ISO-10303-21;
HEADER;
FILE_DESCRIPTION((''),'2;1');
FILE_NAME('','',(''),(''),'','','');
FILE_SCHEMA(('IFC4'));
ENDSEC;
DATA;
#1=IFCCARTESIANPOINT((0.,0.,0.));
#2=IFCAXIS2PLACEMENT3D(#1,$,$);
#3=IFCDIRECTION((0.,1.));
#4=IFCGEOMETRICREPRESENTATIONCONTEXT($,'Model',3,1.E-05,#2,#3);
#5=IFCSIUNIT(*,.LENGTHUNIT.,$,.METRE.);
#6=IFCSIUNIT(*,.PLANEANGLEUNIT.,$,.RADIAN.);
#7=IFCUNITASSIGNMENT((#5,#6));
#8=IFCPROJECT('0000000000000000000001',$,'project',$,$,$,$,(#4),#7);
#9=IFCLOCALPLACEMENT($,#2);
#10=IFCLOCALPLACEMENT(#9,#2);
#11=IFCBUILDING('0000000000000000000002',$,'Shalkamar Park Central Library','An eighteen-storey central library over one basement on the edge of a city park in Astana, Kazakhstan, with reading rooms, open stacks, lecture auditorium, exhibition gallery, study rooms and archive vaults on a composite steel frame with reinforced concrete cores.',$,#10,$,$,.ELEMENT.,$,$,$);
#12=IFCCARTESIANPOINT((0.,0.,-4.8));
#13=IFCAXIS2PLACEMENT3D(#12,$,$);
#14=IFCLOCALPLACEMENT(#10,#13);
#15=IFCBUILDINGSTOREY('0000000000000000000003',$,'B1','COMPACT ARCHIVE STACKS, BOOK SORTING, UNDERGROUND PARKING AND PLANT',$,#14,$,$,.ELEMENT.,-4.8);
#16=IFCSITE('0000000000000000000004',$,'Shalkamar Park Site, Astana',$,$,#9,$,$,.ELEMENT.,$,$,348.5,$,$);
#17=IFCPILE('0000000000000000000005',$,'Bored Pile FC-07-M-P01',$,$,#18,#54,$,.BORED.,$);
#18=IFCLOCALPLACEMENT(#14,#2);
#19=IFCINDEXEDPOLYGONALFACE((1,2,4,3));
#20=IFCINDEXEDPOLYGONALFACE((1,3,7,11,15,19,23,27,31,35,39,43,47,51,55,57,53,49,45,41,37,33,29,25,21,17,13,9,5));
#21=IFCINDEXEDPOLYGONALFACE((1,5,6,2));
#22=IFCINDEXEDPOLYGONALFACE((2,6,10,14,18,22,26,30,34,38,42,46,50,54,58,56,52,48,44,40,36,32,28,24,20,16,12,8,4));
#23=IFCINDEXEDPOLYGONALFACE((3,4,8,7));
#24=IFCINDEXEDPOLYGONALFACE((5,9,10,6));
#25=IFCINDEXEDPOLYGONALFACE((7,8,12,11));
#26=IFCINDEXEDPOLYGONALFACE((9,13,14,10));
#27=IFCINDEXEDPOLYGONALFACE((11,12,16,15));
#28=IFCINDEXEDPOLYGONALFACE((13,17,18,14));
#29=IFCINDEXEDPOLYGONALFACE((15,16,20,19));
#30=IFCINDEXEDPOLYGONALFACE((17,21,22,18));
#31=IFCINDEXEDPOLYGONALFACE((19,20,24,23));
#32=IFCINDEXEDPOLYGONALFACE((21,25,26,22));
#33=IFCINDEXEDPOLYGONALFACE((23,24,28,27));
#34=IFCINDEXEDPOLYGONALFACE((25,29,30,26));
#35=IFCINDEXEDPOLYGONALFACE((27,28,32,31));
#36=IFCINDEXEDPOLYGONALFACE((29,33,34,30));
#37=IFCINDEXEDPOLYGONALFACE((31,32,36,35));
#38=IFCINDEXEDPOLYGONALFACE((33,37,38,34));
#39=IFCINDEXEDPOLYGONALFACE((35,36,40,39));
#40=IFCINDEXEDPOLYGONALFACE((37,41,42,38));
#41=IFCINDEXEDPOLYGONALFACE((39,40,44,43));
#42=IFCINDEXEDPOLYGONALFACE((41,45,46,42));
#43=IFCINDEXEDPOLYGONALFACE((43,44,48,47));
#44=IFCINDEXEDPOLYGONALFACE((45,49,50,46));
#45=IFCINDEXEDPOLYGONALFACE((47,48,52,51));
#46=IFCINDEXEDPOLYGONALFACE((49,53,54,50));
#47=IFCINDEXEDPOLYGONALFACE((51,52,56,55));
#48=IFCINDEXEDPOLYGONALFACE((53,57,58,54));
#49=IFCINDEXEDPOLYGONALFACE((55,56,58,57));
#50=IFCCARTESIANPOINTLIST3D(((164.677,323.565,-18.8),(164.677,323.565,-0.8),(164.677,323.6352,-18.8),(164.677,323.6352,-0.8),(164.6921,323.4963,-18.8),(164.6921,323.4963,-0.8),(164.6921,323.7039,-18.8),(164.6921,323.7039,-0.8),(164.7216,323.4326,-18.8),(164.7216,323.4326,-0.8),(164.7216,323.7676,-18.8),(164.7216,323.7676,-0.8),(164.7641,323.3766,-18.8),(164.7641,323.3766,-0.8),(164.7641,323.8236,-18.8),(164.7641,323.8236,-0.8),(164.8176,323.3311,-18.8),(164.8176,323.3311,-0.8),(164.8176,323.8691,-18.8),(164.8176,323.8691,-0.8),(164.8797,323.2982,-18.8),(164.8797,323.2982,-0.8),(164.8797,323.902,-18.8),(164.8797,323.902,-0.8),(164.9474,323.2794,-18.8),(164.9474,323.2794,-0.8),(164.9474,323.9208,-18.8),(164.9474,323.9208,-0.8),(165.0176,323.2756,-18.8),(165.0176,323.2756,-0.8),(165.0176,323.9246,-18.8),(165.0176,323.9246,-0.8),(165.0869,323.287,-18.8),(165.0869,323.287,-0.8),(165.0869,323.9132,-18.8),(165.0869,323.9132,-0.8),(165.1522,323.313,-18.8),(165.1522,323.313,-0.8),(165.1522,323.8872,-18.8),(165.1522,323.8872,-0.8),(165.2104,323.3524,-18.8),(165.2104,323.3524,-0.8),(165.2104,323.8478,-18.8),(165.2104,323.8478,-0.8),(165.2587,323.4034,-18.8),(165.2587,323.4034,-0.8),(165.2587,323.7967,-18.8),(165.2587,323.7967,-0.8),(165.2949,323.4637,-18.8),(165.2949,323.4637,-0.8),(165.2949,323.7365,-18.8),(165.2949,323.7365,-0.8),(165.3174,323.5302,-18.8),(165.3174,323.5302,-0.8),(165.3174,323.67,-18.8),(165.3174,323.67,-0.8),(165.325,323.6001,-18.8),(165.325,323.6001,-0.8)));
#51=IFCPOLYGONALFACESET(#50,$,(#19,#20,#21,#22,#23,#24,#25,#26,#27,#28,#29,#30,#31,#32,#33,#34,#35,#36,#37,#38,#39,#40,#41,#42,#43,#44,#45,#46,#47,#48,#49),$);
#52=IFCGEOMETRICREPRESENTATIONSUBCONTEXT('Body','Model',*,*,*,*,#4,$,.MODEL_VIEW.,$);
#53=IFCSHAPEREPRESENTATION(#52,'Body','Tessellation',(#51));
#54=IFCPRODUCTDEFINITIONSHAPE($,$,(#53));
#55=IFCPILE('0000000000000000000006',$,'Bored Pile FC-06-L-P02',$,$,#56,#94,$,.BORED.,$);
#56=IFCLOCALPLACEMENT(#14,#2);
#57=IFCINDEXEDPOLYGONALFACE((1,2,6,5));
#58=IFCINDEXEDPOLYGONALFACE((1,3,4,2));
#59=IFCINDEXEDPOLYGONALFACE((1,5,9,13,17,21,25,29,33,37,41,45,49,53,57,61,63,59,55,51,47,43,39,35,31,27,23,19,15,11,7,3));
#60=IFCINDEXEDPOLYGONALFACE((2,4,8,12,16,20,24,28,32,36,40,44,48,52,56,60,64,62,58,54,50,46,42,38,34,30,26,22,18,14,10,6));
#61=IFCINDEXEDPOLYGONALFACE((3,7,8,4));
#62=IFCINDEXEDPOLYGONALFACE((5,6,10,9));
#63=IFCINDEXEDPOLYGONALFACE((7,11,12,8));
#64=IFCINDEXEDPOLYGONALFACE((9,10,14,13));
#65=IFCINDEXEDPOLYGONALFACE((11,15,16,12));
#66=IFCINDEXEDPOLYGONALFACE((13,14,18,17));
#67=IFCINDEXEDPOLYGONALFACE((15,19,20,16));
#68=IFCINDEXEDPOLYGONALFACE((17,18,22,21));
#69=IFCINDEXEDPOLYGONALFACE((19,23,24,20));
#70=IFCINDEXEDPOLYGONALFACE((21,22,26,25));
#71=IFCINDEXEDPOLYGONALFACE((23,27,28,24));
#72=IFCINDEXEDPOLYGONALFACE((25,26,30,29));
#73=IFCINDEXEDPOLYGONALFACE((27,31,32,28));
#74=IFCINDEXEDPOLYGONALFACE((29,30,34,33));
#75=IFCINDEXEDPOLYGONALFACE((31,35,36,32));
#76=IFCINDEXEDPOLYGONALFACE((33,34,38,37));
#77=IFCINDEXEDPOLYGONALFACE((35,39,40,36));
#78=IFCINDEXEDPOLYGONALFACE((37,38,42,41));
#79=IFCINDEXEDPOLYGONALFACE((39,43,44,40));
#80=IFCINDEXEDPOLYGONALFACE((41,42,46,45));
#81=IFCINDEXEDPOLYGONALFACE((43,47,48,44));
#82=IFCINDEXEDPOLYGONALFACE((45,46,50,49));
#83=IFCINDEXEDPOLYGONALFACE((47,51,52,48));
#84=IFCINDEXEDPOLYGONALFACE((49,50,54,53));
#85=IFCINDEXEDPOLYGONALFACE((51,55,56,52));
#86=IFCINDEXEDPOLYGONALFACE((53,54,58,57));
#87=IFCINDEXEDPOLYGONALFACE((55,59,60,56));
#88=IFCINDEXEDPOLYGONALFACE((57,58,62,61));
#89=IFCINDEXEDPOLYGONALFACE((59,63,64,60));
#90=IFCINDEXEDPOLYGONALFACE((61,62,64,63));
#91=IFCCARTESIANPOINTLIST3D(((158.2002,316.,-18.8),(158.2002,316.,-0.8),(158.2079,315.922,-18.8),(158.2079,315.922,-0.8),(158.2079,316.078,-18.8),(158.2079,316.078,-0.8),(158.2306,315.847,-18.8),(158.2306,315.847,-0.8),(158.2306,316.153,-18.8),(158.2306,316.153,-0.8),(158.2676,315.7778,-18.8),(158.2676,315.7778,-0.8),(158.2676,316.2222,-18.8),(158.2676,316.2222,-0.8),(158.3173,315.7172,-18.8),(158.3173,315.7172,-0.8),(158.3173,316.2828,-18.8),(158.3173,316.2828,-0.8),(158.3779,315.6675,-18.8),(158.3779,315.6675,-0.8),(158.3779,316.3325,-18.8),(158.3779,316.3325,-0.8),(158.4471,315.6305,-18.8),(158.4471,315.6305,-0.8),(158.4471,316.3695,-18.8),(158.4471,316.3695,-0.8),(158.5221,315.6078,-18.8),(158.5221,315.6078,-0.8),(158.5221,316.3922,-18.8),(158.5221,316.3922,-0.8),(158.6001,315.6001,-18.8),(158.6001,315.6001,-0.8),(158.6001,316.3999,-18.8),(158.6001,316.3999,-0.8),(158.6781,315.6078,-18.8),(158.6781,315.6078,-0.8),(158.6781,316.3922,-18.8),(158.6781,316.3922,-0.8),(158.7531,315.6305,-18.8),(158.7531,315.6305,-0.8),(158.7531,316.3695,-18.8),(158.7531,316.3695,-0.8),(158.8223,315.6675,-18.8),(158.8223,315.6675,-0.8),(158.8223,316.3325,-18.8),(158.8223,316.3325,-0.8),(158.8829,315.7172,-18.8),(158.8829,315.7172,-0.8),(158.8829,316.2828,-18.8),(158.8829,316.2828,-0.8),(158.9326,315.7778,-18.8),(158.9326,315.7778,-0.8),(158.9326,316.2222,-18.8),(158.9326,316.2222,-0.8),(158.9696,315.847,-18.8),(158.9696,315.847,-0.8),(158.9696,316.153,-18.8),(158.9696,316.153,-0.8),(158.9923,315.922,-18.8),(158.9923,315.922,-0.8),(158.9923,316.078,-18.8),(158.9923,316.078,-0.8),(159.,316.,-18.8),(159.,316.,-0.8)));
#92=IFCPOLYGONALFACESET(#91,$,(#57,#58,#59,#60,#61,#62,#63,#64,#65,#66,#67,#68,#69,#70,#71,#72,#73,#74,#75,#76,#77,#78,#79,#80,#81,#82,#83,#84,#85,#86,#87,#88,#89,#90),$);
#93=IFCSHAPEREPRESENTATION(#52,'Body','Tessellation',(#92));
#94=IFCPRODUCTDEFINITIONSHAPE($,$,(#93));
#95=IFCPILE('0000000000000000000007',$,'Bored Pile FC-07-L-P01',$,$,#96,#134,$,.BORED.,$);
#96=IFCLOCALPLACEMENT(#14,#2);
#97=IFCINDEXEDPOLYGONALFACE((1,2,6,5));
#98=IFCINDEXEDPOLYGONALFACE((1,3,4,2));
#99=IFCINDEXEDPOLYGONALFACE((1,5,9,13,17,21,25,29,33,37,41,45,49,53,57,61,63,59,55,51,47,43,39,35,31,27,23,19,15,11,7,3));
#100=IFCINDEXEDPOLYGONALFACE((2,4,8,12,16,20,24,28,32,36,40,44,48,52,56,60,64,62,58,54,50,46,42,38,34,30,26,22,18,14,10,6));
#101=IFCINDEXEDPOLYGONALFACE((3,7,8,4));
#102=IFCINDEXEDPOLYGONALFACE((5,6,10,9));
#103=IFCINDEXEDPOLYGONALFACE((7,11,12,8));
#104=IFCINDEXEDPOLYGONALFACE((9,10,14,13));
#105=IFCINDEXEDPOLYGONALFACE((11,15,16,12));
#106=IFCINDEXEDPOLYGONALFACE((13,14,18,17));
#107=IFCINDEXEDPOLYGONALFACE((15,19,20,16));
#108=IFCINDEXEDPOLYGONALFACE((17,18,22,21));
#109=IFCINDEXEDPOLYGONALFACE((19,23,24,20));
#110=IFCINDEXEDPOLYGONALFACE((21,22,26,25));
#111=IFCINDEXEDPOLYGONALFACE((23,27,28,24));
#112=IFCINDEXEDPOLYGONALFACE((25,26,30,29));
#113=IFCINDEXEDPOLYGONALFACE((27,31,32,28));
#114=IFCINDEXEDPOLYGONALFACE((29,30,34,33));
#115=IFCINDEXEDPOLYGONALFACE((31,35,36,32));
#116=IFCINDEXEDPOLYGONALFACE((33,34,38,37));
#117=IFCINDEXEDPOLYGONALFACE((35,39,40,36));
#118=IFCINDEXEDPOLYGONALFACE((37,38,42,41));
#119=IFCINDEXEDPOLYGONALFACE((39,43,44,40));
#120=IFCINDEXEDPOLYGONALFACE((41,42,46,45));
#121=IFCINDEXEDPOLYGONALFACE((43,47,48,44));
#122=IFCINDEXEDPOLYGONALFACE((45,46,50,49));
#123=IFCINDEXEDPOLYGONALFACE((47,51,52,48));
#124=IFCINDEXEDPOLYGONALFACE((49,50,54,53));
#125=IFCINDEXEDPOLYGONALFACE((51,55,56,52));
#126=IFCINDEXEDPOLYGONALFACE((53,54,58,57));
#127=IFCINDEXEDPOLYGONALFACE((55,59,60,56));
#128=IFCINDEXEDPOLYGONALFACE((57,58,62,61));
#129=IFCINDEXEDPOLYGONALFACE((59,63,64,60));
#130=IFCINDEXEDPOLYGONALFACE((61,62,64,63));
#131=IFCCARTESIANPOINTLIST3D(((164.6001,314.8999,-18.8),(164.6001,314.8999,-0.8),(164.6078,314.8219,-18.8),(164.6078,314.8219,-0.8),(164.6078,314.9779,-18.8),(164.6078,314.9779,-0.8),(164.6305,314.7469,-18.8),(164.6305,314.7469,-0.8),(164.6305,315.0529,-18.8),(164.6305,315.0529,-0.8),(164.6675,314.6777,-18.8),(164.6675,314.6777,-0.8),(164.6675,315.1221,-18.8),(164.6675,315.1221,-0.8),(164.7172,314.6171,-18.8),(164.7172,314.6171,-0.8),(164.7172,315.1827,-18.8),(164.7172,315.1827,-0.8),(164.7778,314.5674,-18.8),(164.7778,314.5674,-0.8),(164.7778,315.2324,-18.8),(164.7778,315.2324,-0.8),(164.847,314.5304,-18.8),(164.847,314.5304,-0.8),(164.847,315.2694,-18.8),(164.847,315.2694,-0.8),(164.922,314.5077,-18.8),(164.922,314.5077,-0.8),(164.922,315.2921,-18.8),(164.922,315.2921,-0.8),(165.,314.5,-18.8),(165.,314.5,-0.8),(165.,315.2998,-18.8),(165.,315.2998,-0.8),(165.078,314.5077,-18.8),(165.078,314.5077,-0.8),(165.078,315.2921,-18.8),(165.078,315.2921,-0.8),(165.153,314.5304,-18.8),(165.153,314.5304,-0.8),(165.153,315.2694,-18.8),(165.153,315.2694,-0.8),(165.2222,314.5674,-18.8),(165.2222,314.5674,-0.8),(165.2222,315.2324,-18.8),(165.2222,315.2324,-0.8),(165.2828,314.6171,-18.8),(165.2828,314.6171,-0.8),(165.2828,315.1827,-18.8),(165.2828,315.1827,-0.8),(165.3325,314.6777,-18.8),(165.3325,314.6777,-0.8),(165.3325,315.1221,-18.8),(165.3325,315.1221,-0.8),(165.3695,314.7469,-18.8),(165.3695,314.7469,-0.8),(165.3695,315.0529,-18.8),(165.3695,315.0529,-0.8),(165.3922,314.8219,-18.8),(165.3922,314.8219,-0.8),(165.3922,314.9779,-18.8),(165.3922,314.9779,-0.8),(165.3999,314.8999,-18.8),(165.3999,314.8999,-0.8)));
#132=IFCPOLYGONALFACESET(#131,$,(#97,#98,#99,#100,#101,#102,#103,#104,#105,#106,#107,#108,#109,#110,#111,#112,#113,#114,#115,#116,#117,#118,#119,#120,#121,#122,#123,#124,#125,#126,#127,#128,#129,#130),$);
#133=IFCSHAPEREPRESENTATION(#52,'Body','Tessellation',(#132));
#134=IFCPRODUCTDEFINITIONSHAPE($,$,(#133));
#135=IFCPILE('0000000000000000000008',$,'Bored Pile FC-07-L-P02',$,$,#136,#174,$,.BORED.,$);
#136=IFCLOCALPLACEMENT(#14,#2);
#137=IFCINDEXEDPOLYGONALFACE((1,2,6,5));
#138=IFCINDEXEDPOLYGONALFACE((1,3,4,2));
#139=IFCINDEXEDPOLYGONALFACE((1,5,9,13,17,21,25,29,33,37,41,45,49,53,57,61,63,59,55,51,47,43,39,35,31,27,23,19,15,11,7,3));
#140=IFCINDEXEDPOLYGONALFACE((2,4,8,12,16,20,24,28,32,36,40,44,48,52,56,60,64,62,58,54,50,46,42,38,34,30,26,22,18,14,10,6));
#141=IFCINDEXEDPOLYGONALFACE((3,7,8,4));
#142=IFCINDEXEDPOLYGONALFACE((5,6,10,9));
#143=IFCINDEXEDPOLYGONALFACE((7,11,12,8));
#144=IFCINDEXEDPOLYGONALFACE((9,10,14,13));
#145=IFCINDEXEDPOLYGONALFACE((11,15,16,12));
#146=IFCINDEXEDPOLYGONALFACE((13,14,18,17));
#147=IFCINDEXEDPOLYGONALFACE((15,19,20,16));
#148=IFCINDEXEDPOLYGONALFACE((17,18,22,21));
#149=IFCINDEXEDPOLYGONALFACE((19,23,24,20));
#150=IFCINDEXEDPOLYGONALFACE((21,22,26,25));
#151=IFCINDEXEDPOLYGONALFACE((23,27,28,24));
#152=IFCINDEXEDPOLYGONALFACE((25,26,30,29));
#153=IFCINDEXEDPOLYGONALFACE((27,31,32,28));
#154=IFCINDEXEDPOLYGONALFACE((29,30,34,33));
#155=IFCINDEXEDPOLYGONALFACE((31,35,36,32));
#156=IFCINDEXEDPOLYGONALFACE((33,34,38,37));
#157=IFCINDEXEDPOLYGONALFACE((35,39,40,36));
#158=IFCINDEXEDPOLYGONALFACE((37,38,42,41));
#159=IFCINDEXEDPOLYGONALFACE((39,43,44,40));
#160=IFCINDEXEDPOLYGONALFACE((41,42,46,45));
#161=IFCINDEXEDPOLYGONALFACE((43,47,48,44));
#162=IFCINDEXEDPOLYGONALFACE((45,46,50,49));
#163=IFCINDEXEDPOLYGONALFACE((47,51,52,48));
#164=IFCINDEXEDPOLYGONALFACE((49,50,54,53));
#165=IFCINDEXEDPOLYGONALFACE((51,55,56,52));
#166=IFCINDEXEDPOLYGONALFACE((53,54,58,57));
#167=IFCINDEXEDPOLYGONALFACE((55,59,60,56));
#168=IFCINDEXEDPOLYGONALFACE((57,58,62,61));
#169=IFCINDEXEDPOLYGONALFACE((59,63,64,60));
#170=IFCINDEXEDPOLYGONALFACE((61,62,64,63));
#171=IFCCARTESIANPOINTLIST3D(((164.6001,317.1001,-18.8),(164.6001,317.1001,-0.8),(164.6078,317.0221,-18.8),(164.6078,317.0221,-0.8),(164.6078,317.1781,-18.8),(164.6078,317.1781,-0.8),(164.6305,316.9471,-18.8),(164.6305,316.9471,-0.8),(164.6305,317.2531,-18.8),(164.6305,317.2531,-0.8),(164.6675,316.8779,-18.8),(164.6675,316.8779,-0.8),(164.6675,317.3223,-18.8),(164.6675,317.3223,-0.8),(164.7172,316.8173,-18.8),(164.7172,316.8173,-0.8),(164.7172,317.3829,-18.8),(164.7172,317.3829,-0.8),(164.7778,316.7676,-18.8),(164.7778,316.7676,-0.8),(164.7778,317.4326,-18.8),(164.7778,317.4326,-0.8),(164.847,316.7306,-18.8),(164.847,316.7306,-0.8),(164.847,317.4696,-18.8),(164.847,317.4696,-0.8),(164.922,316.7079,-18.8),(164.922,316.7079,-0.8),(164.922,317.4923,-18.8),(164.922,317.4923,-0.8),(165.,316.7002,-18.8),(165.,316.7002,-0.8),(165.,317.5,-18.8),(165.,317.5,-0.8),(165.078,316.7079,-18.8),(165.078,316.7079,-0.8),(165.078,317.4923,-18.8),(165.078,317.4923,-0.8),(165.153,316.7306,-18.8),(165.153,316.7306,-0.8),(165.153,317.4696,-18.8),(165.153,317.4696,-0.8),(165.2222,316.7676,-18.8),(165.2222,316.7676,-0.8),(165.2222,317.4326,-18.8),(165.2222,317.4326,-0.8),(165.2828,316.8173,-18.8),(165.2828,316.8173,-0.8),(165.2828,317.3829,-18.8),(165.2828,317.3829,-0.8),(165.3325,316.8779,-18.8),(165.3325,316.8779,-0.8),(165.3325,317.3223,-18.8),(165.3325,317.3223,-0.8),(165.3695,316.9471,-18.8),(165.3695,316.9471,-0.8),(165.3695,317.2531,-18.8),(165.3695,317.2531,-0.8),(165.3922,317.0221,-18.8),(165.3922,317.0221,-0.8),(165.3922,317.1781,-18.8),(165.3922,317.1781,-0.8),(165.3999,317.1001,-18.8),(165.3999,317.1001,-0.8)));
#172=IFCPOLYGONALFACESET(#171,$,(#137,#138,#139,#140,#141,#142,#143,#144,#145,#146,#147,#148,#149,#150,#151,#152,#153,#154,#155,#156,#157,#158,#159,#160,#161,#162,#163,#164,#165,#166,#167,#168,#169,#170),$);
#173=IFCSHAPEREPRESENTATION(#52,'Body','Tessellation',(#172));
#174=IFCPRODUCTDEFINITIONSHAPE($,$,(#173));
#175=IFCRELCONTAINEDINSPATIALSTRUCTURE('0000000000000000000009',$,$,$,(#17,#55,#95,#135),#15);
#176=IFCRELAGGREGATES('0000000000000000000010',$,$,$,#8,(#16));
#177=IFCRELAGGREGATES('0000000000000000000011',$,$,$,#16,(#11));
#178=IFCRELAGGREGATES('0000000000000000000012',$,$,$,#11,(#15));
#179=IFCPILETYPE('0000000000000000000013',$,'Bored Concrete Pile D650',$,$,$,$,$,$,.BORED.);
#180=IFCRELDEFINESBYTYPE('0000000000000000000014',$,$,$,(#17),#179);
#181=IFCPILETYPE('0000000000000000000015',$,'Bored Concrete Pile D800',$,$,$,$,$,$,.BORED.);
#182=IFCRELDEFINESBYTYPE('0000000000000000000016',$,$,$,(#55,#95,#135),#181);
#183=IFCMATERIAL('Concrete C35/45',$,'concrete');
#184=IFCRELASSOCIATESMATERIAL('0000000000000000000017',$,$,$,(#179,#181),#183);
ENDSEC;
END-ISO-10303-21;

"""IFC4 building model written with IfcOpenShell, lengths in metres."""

from ifc_helpers import new_model, si_unit, direction, frame, origin, origin_2d, place, context, subcontext, project, spatial, circle, extrude, material, material_profile, profile_set, type_object, element, save


model = new_model("IFC4")

# Units and contexts
model_context = context("Model", 3, precision=1e-05, world=origin(), true_north=direction((0.0, 1.0)))
body_context = subcontext(model_context, "Body", "Model", "MODEL_VIEW")
ifc_project = project(units=[si_unit("LENGTHUNIT", "METRE"), si_unit("PLANEANGLEUNIT", "RADIAN")], contexts=[model_context])

# Site, building, storey
site_placement = place(None, origin())
site = spatial("IfcSite", under=ifc_project, at=site_placement, Name="Shalkamar Park Site, Astana", CompositionType="ELEMENT", RefElevation=348.5)
building_placement = place(site_placement, origin())
building = spatial("IfcBuilding", under=site, at=building_placement, Name="Shalkamar Park Central Library", Description="An eighteen-storey central library over one basement on the edge of a city park in Astana, Kazakhstan, with reading rooms, open stacks, lecture auditorium, exhibition gallery, study rooms and archive vaults on a composite steel frame with reinforced concrete cores.", CompositionType="ELEMENT")
storey_placement = place(building_placement, frame((0.0, 0.0, -4.8)))
storey = spatial("IfcBuildingStorey", under=building, at=storey_placement, Name="B1", Description="COMPACT ARCHIVE STACKS, BOOK SORTING, UNDERGROUND PARKING AND PLANT", CompositionType="ELEMENT", Elevation=-4.8)

# Piles
ifc_material_1 = material(Name="Concrete C35/45", Category="concrete")
ifc_material_profile_1 = material_profile(ifc_material_1, circle(Radius=0.325, at=origin_2d()), Name="PILE D650")
ifc_profile_set_1 = profile_set([ifc_material_profile_1], Name="Concrete C35/45")
pile_type_1 = type_object("IfcPileType", Name="Bored Concrete Pile D650", PredefinedType="BORED", material=ifc_profile_set_1)
pile_1_placement = place(storey_placement, frame((165.0, 323.6001, -0.8), z_axis=(0.0, 0.0, -1.0), x_axis=(1.0, 0.0, 0.0)))
element("IfcPile", 1, at=pile_1_placement, inside=storey, type_object=pile_type_1, Name="Bored Pile FC-07-M-P01", PredefinedType="BORED", context=body_context, shape_type="SweptSolid", body=[
    extrude(circle(Radius=0.325, at=origin_2d()), origin(), (0.0, 0.0, 1.0), 18.0),
])
ifc_material_profile_2 = material_profile(ifc_material_1, circle(Radius=0.3999, at=origin_2d()), Name="PILE D800")
ifc_profile_set_2 = profile_set([ifc_material_profile_2], Name="Concrete C35/45")
pile_type_2 = type_object("IfcPileType", Name="Bored Concrete Pile D800", PredefinedType="BORED", material=ifc_profile_set_2)
for number, where, z_axis, x_axis, name in (
    (2, (158.6001, 316.0, -0.8), (0.0, 0.0, -1.0), (1.0, 0.0, 0.0), "Bored Pile FC-06-L-P02"),
    (3, (165.0, 314.8999, -0.8), (0.0, 0.0, -1.0), (1.0, 0.0, 0.0), "Bored Pile FC-07-L-P01"),
    (4, (165.0, 317.1001, -0.8), (0.0, 0.0, -1.0), (1.0, 0.0, 0.0), "Bored Pile FC-07-L-P02"),
):
    element("IfcPile", number, at=place(storey_placement, frame(where, z_axis=z_axis, x_axis=x_axis)), inside=storey, type_object=pile_type_2, Name=name, PredefinedType="BORED", context=body_context, shape_type="SweptSolid", body=[
        extrude(circle(Radius=0.3999, at=origin_2d()), origin(), (0.0, 0.0, 1.0), 18.0),
    ])

save(model, "model.ifc")
